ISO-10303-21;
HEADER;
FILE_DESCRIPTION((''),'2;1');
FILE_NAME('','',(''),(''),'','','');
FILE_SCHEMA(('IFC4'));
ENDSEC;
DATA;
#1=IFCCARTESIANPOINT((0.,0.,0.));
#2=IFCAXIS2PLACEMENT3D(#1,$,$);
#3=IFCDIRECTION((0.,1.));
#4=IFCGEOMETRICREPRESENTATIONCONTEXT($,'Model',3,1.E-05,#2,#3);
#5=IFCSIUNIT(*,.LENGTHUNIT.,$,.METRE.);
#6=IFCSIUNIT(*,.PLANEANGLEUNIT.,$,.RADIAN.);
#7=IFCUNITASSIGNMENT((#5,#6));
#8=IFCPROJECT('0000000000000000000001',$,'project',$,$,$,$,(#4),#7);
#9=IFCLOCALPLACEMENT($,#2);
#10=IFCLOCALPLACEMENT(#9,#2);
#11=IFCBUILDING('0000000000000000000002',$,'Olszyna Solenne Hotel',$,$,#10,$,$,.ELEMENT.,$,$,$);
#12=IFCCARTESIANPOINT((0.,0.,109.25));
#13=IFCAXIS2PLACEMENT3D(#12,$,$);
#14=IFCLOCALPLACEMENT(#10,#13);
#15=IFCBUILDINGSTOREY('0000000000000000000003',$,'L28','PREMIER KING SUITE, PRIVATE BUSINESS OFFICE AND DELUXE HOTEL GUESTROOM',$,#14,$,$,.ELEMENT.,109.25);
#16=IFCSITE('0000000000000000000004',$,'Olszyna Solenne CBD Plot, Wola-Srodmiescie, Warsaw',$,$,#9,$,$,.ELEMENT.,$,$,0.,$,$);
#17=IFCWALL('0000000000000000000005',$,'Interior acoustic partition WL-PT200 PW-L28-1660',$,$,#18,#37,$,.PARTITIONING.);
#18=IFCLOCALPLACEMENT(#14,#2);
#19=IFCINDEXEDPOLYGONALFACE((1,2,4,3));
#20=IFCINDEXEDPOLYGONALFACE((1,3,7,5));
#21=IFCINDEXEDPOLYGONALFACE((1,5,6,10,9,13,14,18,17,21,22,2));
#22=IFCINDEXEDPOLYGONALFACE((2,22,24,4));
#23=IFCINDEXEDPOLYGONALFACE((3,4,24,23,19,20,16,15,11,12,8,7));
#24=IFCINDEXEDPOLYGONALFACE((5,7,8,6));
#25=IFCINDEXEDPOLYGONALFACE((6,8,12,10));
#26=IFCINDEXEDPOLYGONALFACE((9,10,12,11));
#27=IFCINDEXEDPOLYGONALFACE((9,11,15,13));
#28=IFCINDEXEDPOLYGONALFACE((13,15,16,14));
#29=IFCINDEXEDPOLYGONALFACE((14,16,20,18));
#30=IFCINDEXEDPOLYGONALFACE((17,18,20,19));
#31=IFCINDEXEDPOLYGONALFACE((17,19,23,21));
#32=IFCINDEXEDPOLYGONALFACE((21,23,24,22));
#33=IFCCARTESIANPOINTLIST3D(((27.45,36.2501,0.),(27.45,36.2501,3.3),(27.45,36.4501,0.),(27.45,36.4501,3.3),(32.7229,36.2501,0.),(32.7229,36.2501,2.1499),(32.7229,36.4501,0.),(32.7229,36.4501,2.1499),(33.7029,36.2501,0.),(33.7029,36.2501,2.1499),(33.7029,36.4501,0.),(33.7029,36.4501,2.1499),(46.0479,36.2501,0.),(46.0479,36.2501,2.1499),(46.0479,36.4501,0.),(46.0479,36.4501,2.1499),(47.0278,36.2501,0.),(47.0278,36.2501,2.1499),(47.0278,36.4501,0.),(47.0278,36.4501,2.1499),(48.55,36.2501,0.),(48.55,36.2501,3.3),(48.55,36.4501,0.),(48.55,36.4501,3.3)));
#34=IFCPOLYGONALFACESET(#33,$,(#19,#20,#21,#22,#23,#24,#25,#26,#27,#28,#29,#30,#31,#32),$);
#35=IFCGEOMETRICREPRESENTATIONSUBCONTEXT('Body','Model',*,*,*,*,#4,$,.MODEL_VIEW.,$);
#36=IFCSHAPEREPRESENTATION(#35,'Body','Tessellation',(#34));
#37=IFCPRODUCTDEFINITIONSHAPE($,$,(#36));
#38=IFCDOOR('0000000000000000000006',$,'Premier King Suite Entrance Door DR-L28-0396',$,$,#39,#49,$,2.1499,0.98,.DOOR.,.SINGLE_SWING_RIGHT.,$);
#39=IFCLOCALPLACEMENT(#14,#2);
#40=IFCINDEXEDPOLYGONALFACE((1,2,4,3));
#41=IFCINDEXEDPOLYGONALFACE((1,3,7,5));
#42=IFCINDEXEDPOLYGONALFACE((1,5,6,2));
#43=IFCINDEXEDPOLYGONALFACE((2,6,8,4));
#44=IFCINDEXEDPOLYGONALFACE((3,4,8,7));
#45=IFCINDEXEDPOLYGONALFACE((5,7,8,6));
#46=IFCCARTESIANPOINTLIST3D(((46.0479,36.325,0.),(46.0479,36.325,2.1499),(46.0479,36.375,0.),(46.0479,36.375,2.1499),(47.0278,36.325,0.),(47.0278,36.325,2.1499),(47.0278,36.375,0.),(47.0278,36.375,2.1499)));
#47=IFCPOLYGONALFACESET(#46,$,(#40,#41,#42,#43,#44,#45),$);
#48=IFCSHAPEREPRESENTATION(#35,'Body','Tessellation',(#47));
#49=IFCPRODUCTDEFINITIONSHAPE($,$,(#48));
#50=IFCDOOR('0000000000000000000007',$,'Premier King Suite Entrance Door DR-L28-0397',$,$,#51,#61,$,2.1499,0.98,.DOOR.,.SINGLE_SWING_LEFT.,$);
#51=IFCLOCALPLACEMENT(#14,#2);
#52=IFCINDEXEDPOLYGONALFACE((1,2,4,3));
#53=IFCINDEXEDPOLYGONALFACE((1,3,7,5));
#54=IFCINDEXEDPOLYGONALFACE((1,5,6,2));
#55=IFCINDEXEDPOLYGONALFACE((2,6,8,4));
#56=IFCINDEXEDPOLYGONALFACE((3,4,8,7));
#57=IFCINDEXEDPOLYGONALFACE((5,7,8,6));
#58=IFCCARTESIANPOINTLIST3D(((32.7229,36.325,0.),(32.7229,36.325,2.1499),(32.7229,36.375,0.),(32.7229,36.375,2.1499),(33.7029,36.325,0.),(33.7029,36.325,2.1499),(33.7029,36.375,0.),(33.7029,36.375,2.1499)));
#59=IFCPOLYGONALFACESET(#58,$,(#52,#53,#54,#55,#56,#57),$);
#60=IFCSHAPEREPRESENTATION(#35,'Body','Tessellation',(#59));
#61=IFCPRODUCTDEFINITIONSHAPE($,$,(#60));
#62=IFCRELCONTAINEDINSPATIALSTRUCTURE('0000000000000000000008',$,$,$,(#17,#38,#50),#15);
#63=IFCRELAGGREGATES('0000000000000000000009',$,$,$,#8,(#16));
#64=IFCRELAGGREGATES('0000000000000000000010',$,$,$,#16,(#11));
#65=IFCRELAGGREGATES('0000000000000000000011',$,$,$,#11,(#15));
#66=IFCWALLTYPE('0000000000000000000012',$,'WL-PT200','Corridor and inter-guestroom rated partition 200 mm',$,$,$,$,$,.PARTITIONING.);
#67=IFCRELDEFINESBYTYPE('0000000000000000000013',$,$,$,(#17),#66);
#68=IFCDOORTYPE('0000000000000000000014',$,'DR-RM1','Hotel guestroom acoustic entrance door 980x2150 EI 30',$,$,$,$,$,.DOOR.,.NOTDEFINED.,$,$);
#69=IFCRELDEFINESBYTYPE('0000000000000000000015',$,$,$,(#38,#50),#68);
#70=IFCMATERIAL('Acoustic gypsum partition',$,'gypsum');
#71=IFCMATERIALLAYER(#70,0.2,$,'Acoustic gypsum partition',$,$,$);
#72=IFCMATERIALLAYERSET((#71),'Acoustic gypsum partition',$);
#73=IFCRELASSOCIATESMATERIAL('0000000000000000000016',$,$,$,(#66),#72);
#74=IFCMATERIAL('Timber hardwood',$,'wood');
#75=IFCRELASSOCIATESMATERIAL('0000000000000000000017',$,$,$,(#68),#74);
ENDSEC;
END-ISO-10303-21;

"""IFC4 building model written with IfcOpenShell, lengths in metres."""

from ifc_helpers import new_model, si_unit, direction, frame, frame_2d, origin, place, context, subcontext, project, spatial, rectangle, extrude, source, transform, mapped, material, layer, layer_set, type_object, type_shapes, element, fill, save


model = new_model("IFC4")

# Units and contexts
model_context = context("Model", 3, precision=1e-05, world=origin(), true_north=direction((0.0, 1.0)))
body_context = subcontext(model_context, "Body", "Model", "MODEL_VIEW")
ifc_project = project(units=[si_unit("LENGTHUNIT", "METRE"), si_unit("PLANEANGLEUNIT", "RADIAN")], contexts=[model_context])

# Site, building, storey
site_placement = place(None, origin())
site = spatial("IfcSite", under=ifc_project, at=site_placement, Name="Olszyna Solenne CBD Plot, Wola-Srodmiescie, Warsaw", CompositionType="ELEMENT", RefElevation=0.0)
building_placement = place(site_placement, origin())
building = spatial("IfcBuilding", under=site, at=building_placement, Name="Olszyna Solenne Hotel", CompositionType="ELEMENT")
storey_placement = place(building_placement, frame((0.0, 0.0, 109.25)))
storey = spatial("IfcBuildingStorey", under=building, at=storey_placement, Name="L28", Description="PREMIER KING SUITE, PRIVATE BUSINESS OFFICE AND DELUXE HOTEL GUESTROOM", CompositionType="ELEMENT", Elevation=109.25)

# Shared definitions
ifc_material_1 = material(Name="Acoustic gypsum partition", Category="gypsum")

# Shared definitions
ifc_layer_1 = layer(ifc_material_1, 0.2, Name="Acoustic gypsum partition")
ifc_layer_set_1 = layer_set([ifc_layer_1], Name="Acoustic gypsum partition")
wall_type_1 = type_object("IfcWallType", Name="WL-PT200", Description="Corridor and inter-guestroom rated partition 200 mm", PredefinedType="PARTITIONING", material=ifc_layer_set_1)

# Wall, openings, doors
wall_1_placement = place(storey_placement, frame((27.45, 36.3501, 0.0), z_axis=(0.0, 0.0, 1.0), x_axis=(1.0, 0.0, 0.0)))
wall_1 = element("IfcWall", 1, at=wall_1_placement, inside=storey, type_object=wall_type_1, Name="Interior acoustic partition WL-PT200 PW-L28-1660", PredefinedType="PARTITIONING", context=body_context, shape_type="SweptSolid", body=[
    extrude(rectangle(XDim=21.1001, YDim=0.2, at=frame_2d((10.55, 0.0))), origin(), (0.0, 0.0, 1.0), 3.3),
])
opening_1_placement = place(wall_1_placement, frame((18.5979, 0.0, 0.0)))
opening_1 = element("IfcOpeningElement", 2, at=opening_1_placement, cuts=wall_1, PredefinedType="OPENING", context=body_context, shape_type="SweptSolid", body=[
    extrude(rectangle(XDim=0.98, YDim=2.1499, at=frame_2d((0.49, 1.075))), frame((0.0, 0.1099, 0.0), z_axis=(0.0, -1.0, 0.0), x_axis=(1.0, 0.0, 0.0)), (0.0, 0.0, 1.0), 0.22),
])
opening_2_placement = place(wall_1_placement, frame((5.2729, 0.0, 0.0)))
opening_2 = element("IfcOpeningElement", 3, at=opening_2_placement, cuts=wall_1, PredefinedType="OPENING", context=body_context, shape_type="SweptSolid", body=[
    extrude(rectangle(XDim=0.98, YDim=2.1499, at=frame_2d((0.49, 1.075))), frame((0.0, 0.1099, 0.0), z_axis=(0.0, -1.0, 0.0), x_axis=(1.0, 0.0, 0.0)), (0.0, 0.0, 1.0), 0.22),
])
ifc_material_2 = material(Name="Timber hardwood", Category="wood")
door_type_1 = type_object("IfcDoorType", Name="DR-RM1", Description="Hotel guestroom acoustic entrance door 980x2150 EI 30", OperationType="NOTDEFINED", PredefinedType="DOOR", material=ifc_material_2)
shared_shape_1 = source(origin(), body_context, "Body", "SweptSolid", [
    extrude(rectangle(XDim=0.98, YDim=2.1499, at=frame_2d((0.49, 1.075))), frame((0.0, 0.0249, 0.0), z_axis=(0.0, -1.0, 0.0), x_axis=(1.0, 0.0, 0.0)), (0.0, 0.0, 1.0), 0.05),
])
type_shapes(door_type_1, [shared_shape_1])
door_1_placement = place(opening_1_placement, origin())
door_1 = element("IfcDoor", 4, at=door_1_placement, inside=storey, type_object=door_type_1, Name="Premier King Suite Entrance Door DR-L28-0396", OperationType="SINGLE_SWING_RIGHT", OverallHeight=2.1499, OverallWidth=0.98, PredefinedType="DOOR", context=body_context, shape_type="MappedRepresentation", body=[
    mapped(shared_shape_1, transform((0.0, 0.0, 0.0), x_axis=(1.0, 0.0, 0.0), y_axis=(0.0, 1.0, 0.0), z_axis=(0.0, 0.0, 1.0), scale=1.0)),
])
fill(opening_1, door_1)
door_2_placement = place(opening_2_placement, origin())
door_2 = element("IfcDoor", 5, at=door_2_placement, inside=storey, type_object=door_type_1, Name="Premier King Suite Entrance Door DR-L28-0397", OperationType="SINGLE_SWING_LEFT", OverallHeight=2.1499, OverallWidth=0.98, PredefinedType="DOOR", context=body_context, shape_type="MappedRepresentation", body=[
    mapped(shared_shape_1, transform((0.0, 0.0, 0.0), x_axis=(1.0, 0.0, 0.0), y_axis=(0.0, 1.0, 0.0), z_axis=(0.0, 0.0, 1.0), scale=1.0)),
])
fill(opening_2, door_2)

save(model, "model.ifc")
